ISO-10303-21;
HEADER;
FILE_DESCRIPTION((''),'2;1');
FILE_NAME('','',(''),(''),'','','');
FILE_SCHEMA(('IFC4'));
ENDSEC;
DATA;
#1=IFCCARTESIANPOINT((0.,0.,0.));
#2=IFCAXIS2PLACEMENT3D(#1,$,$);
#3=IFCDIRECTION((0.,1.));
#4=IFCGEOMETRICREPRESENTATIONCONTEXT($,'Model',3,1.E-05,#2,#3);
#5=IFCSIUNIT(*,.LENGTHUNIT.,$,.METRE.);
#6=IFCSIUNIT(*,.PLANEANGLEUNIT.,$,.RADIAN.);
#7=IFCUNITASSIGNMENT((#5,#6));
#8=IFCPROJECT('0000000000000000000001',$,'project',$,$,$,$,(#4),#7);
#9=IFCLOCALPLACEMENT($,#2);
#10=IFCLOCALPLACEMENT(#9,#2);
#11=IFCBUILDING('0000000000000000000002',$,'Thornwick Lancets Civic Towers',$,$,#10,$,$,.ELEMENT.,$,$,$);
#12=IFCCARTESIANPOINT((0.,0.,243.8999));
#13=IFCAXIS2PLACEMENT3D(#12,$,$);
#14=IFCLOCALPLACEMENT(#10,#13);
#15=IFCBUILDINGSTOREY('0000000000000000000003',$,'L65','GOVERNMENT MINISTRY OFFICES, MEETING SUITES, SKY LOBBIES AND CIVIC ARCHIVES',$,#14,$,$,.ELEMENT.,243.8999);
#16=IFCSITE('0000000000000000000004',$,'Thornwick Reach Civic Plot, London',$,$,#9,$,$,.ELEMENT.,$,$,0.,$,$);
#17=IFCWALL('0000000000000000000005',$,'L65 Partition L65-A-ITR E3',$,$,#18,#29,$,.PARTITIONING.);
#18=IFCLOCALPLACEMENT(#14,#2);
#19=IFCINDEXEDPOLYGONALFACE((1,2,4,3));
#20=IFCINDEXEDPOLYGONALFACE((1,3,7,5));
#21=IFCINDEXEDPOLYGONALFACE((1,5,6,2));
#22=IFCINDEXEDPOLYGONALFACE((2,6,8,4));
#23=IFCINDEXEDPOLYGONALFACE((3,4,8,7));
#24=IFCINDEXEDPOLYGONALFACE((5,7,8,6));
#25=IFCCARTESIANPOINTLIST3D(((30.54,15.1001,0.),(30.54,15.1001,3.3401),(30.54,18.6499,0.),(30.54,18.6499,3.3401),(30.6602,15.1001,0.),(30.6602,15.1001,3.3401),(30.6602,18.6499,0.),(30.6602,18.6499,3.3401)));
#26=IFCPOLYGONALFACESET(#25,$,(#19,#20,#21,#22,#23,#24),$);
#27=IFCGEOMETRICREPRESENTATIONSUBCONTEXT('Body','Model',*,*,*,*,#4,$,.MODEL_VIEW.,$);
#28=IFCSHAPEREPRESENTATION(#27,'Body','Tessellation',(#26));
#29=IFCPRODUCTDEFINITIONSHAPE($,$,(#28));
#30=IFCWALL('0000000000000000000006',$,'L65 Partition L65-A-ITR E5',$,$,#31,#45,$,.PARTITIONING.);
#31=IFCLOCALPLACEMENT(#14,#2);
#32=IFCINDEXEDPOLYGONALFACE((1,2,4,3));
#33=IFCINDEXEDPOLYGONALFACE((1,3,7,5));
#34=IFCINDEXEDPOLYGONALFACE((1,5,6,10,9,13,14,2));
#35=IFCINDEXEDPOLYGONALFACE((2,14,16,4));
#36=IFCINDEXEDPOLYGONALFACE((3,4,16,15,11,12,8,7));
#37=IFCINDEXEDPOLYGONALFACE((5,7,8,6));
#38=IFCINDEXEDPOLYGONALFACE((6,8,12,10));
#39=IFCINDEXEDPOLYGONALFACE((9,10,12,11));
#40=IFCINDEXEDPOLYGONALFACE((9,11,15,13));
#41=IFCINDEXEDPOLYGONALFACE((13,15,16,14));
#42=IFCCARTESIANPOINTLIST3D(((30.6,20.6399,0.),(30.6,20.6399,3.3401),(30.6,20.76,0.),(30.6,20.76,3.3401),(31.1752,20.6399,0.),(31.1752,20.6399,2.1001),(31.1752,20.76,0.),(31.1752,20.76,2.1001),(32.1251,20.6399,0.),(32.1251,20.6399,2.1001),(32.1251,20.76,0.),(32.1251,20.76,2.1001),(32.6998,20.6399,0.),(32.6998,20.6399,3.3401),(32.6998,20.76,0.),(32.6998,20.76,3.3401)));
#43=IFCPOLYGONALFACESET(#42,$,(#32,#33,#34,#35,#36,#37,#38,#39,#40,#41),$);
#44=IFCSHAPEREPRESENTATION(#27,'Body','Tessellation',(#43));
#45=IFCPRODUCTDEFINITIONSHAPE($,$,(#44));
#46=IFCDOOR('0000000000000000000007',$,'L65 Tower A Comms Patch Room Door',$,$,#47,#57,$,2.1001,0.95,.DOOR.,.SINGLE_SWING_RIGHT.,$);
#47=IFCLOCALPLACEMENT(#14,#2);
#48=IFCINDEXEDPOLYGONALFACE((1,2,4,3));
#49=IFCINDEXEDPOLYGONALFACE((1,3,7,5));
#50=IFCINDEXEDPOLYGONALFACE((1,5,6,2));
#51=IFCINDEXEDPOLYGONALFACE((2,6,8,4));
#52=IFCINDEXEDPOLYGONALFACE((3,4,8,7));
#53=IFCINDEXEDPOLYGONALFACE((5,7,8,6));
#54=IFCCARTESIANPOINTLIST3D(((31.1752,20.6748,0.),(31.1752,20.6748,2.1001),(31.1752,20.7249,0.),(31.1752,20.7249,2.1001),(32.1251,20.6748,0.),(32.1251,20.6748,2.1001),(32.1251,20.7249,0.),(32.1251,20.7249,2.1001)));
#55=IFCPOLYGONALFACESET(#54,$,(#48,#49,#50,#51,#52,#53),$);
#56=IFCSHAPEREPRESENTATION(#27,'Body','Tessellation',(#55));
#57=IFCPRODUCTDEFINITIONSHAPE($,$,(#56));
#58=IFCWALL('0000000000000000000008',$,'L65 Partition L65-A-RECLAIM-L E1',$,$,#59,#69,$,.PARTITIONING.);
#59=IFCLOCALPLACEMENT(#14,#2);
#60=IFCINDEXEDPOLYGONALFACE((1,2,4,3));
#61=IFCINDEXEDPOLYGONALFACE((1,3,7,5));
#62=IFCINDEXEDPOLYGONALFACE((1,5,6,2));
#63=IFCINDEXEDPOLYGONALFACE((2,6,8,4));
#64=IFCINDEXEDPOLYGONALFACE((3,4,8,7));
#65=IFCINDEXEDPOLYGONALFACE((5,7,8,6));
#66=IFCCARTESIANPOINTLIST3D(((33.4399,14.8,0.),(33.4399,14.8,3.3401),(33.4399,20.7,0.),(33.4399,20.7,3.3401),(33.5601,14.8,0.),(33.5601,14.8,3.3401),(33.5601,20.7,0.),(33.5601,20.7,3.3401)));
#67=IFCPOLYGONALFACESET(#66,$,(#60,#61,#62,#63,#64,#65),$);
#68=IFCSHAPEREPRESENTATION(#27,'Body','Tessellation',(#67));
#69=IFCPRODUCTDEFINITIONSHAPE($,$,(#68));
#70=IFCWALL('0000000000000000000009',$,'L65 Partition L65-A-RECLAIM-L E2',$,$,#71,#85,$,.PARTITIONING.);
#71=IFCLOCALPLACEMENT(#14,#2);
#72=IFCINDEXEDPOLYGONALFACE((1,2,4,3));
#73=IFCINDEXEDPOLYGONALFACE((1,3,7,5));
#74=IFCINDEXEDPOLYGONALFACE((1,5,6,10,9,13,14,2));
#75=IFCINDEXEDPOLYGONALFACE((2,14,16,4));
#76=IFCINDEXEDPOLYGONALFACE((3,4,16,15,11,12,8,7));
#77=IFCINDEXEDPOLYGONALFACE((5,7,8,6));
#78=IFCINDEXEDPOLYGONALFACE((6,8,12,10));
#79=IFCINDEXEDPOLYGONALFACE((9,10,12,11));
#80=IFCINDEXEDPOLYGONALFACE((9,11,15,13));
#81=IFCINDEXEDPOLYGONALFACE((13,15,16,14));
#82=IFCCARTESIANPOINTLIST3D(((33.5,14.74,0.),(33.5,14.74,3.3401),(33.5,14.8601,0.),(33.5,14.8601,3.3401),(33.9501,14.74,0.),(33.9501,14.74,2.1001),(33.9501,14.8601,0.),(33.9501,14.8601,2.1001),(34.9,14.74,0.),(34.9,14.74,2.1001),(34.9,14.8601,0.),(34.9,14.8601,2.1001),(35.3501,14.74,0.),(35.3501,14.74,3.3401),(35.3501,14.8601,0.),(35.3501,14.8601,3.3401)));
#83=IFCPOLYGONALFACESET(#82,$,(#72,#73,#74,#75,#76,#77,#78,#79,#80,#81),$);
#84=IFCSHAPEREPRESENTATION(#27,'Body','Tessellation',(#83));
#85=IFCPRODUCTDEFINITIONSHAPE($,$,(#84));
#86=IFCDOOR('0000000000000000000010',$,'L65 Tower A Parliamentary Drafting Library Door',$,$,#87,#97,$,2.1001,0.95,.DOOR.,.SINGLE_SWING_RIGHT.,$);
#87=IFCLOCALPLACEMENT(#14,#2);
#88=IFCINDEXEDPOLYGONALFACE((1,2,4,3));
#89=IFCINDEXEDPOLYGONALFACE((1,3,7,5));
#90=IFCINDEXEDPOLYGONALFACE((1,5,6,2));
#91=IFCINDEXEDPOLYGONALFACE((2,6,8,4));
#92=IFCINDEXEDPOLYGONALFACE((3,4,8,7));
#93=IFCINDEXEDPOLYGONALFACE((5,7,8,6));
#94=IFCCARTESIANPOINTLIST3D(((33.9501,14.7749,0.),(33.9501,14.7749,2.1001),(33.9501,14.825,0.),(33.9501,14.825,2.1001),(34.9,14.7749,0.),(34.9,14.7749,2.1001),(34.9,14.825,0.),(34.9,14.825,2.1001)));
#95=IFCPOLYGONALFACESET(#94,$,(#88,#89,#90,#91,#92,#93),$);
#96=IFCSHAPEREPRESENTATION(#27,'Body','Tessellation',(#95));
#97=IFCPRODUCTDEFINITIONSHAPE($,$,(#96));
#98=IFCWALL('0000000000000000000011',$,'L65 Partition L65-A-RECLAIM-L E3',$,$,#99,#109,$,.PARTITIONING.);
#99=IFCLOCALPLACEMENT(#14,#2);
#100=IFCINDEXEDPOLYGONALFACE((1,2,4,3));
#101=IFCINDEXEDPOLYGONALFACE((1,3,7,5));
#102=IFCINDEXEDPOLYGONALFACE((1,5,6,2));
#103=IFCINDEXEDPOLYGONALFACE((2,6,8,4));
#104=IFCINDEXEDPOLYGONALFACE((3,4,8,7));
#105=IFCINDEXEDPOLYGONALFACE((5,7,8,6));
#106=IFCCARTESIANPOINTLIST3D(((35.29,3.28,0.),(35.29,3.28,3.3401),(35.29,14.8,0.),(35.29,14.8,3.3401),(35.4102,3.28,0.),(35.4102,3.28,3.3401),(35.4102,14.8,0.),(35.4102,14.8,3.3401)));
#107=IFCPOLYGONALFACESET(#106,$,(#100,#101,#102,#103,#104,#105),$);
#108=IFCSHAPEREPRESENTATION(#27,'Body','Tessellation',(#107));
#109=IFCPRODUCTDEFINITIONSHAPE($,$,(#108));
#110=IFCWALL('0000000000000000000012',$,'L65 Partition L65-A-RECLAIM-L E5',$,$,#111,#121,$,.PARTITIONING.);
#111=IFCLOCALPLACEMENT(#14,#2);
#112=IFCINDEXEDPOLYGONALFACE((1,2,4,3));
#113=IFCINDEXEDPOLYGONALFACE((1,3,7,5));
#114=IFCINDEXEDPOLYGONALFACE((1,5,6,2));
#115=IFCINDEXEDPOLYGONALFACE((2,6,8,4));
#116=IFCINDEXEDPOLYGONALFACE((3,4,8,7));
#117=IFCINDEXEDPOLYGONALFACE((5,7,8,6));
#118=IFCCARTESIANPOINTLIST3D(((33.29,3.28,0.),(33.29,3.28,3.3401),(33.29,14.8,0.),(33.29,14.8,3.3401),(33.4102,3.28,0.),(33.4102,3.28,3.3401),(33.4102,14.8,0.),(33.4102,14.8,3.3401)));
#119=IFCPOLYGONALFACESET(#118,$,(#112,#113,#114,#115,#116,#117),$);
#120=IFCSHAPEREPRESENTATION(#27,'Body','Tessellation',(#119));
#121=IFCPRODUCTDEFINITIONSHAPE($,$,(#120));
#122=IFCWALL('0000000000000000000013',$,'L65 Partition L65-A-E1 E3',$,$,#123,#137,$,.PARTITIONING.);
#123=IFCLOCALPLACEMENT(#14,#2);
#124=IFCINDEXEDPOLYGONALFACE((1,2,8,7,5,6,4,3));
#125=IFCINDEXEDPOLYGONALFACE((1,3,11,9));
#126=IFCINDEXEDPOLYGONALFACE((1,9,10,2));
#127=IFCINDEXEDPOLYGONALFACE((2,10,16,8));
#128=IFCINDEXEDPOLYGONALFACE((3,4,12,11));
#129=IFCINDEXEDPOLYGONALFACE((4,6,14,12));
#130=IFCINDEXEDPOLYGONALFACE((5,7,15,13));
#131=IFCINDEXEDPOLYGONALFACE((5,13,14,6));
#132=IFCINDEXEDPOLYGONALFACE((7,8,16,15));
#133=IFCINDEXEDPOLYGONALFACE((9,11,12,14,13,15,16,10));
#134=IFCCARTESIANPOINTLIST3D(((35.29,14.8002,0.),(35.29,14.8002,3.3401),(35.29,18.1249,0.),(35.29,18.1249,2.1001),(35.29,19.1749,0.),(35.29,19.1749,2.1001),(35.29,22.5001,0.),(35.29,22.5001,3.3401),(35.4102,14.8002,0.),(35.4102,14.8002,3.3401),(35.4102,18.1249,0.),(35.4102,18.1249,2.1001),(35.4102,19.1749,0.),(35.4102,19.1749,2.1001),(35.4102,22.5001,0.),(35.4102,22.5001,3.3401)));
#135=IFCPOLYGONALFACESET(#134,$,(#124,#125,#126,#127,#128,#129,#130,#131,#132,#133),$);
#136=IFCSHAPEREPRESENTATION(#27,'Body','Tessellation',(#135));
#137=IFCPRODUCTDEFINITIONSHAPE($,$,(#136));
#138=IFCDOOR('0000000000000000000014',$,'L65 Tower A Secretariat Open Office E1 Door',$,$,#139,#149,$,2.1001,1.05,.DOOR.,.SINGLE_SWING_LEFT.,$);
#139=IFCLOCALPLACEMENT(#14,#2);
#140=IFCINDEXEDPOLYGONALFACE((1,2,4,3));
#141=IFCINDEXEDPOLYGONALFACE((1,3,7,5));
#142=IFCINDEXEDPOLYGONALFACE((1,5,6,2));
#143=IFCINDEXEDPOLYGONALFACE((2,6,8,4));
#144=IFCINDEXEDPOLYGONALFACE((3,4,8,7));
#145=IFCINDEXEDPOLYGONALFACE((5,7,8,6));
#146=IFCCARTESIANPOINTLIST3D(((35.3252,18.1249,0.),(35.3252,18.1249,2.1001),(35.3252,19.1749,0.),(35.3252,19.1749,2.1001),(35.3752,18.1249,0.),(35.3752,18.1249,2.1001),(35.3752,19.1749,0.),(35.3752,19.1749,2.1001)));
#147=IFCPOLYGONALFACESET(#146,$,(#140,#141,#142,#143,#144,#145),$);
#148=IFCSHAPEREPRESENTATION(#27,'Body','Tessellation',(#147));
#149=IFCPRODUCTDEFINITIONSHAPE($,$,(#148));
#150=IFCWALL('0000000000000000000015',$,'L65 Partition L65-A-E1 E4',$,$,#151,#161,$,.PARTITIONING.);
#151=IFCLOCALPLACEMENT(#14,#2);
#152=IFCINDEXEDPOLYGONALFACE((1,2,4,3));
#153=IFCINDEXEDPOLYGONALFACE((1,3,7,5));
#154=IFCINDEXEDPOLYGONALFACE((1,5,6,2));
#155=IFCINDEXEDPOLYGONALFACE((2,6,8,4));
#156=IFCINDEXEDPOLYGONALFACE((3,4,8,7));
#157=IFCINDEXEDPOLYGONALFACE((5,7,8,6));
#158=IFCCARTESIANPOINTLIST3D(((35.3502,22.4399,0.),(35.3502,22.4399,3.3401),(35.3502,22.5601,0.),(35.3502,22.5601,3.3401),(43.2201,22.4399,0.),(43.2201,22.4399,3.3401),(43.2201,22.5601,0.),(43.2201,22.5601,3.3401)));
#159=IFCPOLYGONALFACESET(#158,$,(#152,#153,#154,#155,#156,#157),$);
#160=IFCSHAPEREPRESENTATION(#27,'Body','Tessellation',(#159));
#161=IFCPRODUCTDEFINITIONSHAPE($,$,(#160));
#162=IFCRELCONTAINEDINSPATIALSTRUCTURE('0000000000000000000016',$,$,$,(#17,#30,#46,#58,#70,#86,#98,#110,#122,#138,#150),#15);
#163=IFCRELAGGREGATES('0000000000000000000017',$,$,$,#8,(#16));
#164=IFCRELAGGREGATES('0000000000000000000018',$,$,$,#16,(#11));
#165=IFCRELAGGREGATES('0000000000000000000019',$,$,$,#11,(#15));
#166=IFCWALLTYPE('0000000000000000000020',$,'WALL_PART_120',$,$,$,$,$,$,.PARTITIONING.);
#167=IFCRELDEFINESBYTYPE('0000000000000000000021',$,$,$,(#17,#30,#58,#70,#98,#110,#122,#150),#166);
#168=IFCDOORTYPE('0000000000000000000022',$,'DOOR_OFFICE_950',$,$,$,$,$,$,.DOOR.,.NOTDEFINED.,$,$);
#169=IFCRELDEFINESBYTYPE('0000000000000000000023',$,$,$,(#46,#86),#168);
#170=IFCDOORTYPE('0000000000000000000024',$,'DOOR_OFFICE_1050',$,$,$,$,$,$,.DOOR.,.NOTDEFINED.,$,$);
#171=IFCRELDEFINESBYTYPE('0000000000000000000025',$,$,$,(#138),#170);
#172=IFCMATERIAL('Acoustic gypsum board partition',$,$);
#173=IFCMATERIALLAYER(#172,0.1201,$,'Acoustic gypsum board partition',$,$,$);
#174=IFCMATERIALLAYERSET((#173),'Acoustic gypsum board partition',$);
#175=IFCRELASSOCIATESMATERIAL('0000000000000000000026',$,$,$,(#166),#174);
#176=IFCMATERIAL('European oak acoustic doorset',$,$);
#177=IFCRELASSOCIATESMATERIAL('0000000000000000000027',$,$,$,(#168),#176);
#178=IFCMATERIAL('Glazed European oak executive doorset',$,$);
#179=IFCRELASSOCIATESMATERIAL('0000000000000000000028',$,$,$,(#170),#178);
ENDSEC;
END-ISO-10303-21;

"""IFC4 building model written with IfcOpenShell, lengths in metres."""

from ifc_helpers import new_model, si_unit, direction, frame, frame_2d, origin, place, context, subcontext, project, spatial, rectangle, extrude, material, layer, layer_set, type_object, element, fill, save


model = new_model("IFC4")

# Units and contexts
model_context = context("Model", 3, precision=1e-05, world=origin(), true_north=direction((0.0, 1.0)))
body_context = subcontext(model_context, "Body", "Model", "MODEL_VIEW")
ifc_project = project(units=[si_unit("LENGTHUNIT", "METRE"), si_unit("PLANEANGLEUNIT", "RADIAN")], contexts=[model_context])

# Site, building, storey
site_placement = place(None, origin())
site = spatial("IfcSite", under=ifc_project, at=site_placement, Name="Thornwick Reach Civic Plot, London", CompositionType="ELEMENT", RefElevation=0.0)
building_placement = place(site_placement, origin())
building = spatial("IfcBuilding", under=site, at=building_placement, Name="Thornwick Lancets Civic Towers", CompositionType="ELEMENT")
storey_placement = place(building_placement, frame((0.0, 0.0, 243.8999)))
storey = spatial("IfcBuildingStorey", under=building, at=storey_placement, Name="L65", Description="GOVERNMENT MINISTRY OFFICES, MEETING SUITES, SKY LOBBIES AND CIVIC ARCHIVES", CompositionType="ELEMENT", Elevation=243.8999)

# Wall
ifc_material_1 = material(Name="Acoustic gypsum board partition")
ifc_layer_1 = layer(ifc_material_1, 0.1201, Name="Acoustic gypsum board partition")
ifc_layer_set_1 = layer_set([ifc_layer_1], Name="Acoustic gypsum board partition")
wall_type_1 = type_object("IfcWallType", Name="WALL_PART_120", PredefinedType="PARTITIONING", material=ifc_layer_set_1)
wall_1_placement = place(storey_placement, frame((30.6001, 15.1001, 0.0), z_axis=(0.0, 0.0, 1.0), x_axis=(0.0, 1.0, 0.0)))
element("IfcWall", 1, at=wall_1_placement, inside=storey, type_object=wall_type_1, Name="L65 Partition L65-A-ITR E3", PredefinedType="PARTITIONING", context=body_context, shape_type="SweptSolid", body=[
    extrude(rectangle(XDim=3.5498, YDim=0.1201, at=frame_2d((1.7749, 0.0))), origin(), (0.0, 0.0, 1.0), 3.3401),
])

# Wall, opening, door
wall_2_placement = place(storey_placement, frame((30.6001, 20.7, 0.0), z_axis=(0.0, 0.0, 1.0), x_axis=(1.0, 0.0, 0.0)))
wall_2 = element("IfcWall", 2, at=wall_2_placement, inside=storey, type_object=wall_type_1, Name="L65 Partition L65-A-ITR E5", PredefinedType="PARTITIONING", context=body_context, shape_type="SweptSolid", body=[
    extrude(rectangle(XDim=2.0999, YDim=0.1201, at=frame_2d((1.0498, 0.0))), origin(), (0.0, 0.0, 1.0), 3.3401),
])
opening_1_placement = place(wall_2_placement, frame((0.575, 0.0, 0.0)))
opening_1 = element("IfcOpeningElement", 3, at=opening_1_placement, cuts=wall_2, PredefinedType="OPENING", context=body_context, shape_type="SweptSolid", body=[
    extrude(rectangle(XDim=0.95, YDim=2.1001, at=frame_2d((0.4751, 1.05))), frame((0.0, 0.0701, 0.0), z_axis=(0.0, -1.0, 0.0), x_axis=(1.0, 0.0, 0.0)), (0.0, 0.0, 1.0), 0.1401),
])
ifc_material_2 = material(Name="European oak acoustic doorset")
door_type_1 = type_object("IfcDoorType", Name="DOOR_OFFICE_950", OperationType="NOTDEFINED", PredefinedType="DOOR", material=ifc_material_2)
door_1_placement = place(opening_1_placement, origin())
door_1 = element("IfcDoor", 4, at=door_1_placement, inside=storey, type_object=door_type_1, Name="L65 Tower A Comms Patch Room Door", OperationType="SINGLE_SWING_RIGHT", OverallHeight=2.1001, OverallWidth=0.95, PredefinedType="DOOR", context=body_context, shape_type="SweptSolid", body=[
    extrude(rectangle(XDim=0.95, YDim=2.1001, at=frame_2d((0.4751, 1.05))), frame((0.0, 0.0249, 0.0), z_axis=(0.0, -1.0, 0.0), x_axis=(1.0, 0.0, 0.0)), (0.0, 0.0, 1.0), 0.05),
])
fill(opening_1, door_1)

# Wall
wall_3_placement = place(storey_placement, frame((33.5, 20.7, 0.0), z_axis=(0.0, 0.0, 1.0), x_axis=(0.0, -1.0, 0.0)))
element("IfcWall", 5, at=wall_3_placement, inside=storey, type_object=wall_type_1, Name="L65 Partition L65-A-RECLAIM-L E1", PredefinedType="PARTITIONING", context=body_context, shape_type="SweptSolid", body=[
    extrude(rectangle(XDim=5.8999, YDim=0.1201, at=frame_2d((2.95, 0.0))), origin(), (0.0, 0.0, 1.0), 3.3401),
])

# Wall, opening, door
wall_4_placement = place(storey_placement, frame((33.5, 14.8, 0.0), z_axis=(0.0, 0.0, 1.0), x_axis=(1.0, 0.0, 0.0)))
wall_4 = element("IfcWall", 6, at=wall_4_placement, inside=storey, type_object=wall_type_1, Name="L65 Partition L65-A-RECLAIM-L E2", PredefinedType="PARTITIONING", context=body_context, shape_type="SweptSolid", body=[
    extrude(rectangle(XDim=1.8501, YDim=0.1201, at=frame_2d((0.925, 0.0))), origin(), (0.0, 0.0, 1.0), 3.3401),
])
opening_2_placement = place(wall_4_placement, frame((0.45, 0.0, 0.0)))
opening_2 = element("IfcOpeningElement", 7, at=opening_2_placement, cuts=wall_4, PredefinedType="OPENING", context=body_context, shape_type="SweptSolid", body=[
    extrude(rectangle(XDim=0.95, YDim=2.1001, at=frame_2d((0.4751, 1.05))), frame((0.0, 0.0701, 0.0), z_axis=(0.0, -1.0, 0.0), x_axis=(1.0, 0.0, 0.0)), (0.0, 0.0, 1.0), 0.1401),
])
door_2_placement = place(opening_2_placement, origin())
door_2 = element("IfcDoor", 8, at=door_2_placement, inside=storey, type_object=door_type_1, Name="L65 Tower A Parliamentary Drafting Library Door", OperationType="SINGLE_SWING_RIGHT", OverallHeight=2.1001, OverallWidth=0.95, PredefinedType="DOOR", context=body_context, shape_type="SweptSolid", body=[
    extrude(rectangle(XDim=0.95, YDim=2.1001, at=frame_2d((0.4751, 1.05))), frame((0.0, 0.0249, 0.0), z_axis=(0.0, -1.0, 0.0), x_axis=(1.0, 0.0, 0.0)), (0.0, 0.0, 1.0), 0.05),
])
fill(opening_2, door_2)

# Walls
for number, where, z_axis, x_axis, name in (
    (9, (35.3501, 14.8, 0.0), (0.0, 0.0, 1.0), (0.0, -1.0, 0.0), "L65 Partition L65-A-RECLAIM-L E3"),
    (10, (33.3501, 3.28, 0.0), (0.0, 0.0, 1.0), (0.0, 1.0, 0.0), "L65 Partition L65-A-RECLAIM-L E5"),
):
    element("IfcWall", number, at=place(storey_placement, frame(where, z_axis=z_axis, x_axis=x_axis)), inside=storey, type_object=wall_type_1, Name=name, PredefinedType="PARTITIONING", context=body_context, shape_type="SweptSolid", body=[
        extrude(rectangle(XDim=11.52, YDim=0.1201, at=frame_2d((5.76, 0.0))), origin(), (0.0, 0.0, 1.0), 3.3401),
    ])

# Wall, opening, door
wall_5_placement = place(storey_placement, frame((35.3501, 14.8, 0.0), z_axis=(0.0, 0.0, 1.0), x_axis=(0.0, 1.0, 0.0)))
wall_5 = element("IfcWall", 11, at=wall_5_placement, inside=storey, type_object=wall_type_1, Name="L65 Partition L65-A-E1 E3", PredefinedType="PARTITIONING", context=body_context, shape_type="SweptSolid", body=[
    extrude(rectangle(XDim=7.7, YDim=0.1201, at=frame_2d((3.8501, 0.0))), origin(), (0.0, 0.0, 1.0), 3.3401),
])
opening_3_placement = place(wall_5_placement, frame((3.325, 0.0, 0.0)))
opening_3 = element("IfcOpeningElement", 12, at=opening_3_placement, cuts=wall_5, PredefinedType="OPENING", context=body_context, shape_type="SweptSolid", body=[
    extrude(rectangle(XDim=1.05, YDim=2.1001, at=frame_2d((0.5249, 1.05))), frame((0.0, 0.0701, 0.0), z_axis=(0.0, -1.0, 0.0), x_axis=(1.0, 0.0, 0.0)), (0.0, 0.0, 1.0), 0.1401),
])
ifc_material_3 = material(Name="Glazed European oak executive doorset")
door_type_2 = type_object("IfcDoorType", Name="DOOR_OFFICE_1050", OperationType="NOTDEFINED", PredefinedType="DOOR", material=ifc_material_3)
door_3_placement = place(opening_3_placement, origin())
door_3 = element("IfcDoor", 13, at=door_3_placement, inside=storey, type_object=door_type_2, Name="L65 Tower A Secretariat Open Office E1 Door", OperationType="SINGLE_SWING_LEFT", OverallHeight=2.1001, OverallWidth=1.05, PredefinedType="DOOR", context=body_context, shape_type="SweptSolid", body=[
    extrude(rectangle(XDim=1.05, YDim=2.1001, at=frame_2d((0.5249, 1.05))), frame((0.0, 0.0249, 0.0), z_axis=(0.0, -1.0, 0.0), x_axis=(1.0, 0.0, 0.0)), (0.0, 0.0, 1.0), 0.05),
])
fill(opening_3, door_3)

# Wall
wall_6_placement = place(storey_placement, frame((35.3501, 22.5, 0.0), z_axis=(0.0, 0.0, 1.0), x_axis=(1.0, 0.0, 0.0)))
element("IfcWall", 14, at=wall_6_placement, inside=storey, type_object=wall_type_1, Name="L65 Partition L65-A-E1 E4", PredefinedType="PARTITIONING", context=body_context, shape_type="SweptSolid", body=[
    extrude(rectangle(XDim=7.8699, YDim=0.1201, at=frame_2d((3.9351, 0.0))), origin(), (0.0, 0.0, 1.0), 3.3401),
])

save(model, "model.ifc")
